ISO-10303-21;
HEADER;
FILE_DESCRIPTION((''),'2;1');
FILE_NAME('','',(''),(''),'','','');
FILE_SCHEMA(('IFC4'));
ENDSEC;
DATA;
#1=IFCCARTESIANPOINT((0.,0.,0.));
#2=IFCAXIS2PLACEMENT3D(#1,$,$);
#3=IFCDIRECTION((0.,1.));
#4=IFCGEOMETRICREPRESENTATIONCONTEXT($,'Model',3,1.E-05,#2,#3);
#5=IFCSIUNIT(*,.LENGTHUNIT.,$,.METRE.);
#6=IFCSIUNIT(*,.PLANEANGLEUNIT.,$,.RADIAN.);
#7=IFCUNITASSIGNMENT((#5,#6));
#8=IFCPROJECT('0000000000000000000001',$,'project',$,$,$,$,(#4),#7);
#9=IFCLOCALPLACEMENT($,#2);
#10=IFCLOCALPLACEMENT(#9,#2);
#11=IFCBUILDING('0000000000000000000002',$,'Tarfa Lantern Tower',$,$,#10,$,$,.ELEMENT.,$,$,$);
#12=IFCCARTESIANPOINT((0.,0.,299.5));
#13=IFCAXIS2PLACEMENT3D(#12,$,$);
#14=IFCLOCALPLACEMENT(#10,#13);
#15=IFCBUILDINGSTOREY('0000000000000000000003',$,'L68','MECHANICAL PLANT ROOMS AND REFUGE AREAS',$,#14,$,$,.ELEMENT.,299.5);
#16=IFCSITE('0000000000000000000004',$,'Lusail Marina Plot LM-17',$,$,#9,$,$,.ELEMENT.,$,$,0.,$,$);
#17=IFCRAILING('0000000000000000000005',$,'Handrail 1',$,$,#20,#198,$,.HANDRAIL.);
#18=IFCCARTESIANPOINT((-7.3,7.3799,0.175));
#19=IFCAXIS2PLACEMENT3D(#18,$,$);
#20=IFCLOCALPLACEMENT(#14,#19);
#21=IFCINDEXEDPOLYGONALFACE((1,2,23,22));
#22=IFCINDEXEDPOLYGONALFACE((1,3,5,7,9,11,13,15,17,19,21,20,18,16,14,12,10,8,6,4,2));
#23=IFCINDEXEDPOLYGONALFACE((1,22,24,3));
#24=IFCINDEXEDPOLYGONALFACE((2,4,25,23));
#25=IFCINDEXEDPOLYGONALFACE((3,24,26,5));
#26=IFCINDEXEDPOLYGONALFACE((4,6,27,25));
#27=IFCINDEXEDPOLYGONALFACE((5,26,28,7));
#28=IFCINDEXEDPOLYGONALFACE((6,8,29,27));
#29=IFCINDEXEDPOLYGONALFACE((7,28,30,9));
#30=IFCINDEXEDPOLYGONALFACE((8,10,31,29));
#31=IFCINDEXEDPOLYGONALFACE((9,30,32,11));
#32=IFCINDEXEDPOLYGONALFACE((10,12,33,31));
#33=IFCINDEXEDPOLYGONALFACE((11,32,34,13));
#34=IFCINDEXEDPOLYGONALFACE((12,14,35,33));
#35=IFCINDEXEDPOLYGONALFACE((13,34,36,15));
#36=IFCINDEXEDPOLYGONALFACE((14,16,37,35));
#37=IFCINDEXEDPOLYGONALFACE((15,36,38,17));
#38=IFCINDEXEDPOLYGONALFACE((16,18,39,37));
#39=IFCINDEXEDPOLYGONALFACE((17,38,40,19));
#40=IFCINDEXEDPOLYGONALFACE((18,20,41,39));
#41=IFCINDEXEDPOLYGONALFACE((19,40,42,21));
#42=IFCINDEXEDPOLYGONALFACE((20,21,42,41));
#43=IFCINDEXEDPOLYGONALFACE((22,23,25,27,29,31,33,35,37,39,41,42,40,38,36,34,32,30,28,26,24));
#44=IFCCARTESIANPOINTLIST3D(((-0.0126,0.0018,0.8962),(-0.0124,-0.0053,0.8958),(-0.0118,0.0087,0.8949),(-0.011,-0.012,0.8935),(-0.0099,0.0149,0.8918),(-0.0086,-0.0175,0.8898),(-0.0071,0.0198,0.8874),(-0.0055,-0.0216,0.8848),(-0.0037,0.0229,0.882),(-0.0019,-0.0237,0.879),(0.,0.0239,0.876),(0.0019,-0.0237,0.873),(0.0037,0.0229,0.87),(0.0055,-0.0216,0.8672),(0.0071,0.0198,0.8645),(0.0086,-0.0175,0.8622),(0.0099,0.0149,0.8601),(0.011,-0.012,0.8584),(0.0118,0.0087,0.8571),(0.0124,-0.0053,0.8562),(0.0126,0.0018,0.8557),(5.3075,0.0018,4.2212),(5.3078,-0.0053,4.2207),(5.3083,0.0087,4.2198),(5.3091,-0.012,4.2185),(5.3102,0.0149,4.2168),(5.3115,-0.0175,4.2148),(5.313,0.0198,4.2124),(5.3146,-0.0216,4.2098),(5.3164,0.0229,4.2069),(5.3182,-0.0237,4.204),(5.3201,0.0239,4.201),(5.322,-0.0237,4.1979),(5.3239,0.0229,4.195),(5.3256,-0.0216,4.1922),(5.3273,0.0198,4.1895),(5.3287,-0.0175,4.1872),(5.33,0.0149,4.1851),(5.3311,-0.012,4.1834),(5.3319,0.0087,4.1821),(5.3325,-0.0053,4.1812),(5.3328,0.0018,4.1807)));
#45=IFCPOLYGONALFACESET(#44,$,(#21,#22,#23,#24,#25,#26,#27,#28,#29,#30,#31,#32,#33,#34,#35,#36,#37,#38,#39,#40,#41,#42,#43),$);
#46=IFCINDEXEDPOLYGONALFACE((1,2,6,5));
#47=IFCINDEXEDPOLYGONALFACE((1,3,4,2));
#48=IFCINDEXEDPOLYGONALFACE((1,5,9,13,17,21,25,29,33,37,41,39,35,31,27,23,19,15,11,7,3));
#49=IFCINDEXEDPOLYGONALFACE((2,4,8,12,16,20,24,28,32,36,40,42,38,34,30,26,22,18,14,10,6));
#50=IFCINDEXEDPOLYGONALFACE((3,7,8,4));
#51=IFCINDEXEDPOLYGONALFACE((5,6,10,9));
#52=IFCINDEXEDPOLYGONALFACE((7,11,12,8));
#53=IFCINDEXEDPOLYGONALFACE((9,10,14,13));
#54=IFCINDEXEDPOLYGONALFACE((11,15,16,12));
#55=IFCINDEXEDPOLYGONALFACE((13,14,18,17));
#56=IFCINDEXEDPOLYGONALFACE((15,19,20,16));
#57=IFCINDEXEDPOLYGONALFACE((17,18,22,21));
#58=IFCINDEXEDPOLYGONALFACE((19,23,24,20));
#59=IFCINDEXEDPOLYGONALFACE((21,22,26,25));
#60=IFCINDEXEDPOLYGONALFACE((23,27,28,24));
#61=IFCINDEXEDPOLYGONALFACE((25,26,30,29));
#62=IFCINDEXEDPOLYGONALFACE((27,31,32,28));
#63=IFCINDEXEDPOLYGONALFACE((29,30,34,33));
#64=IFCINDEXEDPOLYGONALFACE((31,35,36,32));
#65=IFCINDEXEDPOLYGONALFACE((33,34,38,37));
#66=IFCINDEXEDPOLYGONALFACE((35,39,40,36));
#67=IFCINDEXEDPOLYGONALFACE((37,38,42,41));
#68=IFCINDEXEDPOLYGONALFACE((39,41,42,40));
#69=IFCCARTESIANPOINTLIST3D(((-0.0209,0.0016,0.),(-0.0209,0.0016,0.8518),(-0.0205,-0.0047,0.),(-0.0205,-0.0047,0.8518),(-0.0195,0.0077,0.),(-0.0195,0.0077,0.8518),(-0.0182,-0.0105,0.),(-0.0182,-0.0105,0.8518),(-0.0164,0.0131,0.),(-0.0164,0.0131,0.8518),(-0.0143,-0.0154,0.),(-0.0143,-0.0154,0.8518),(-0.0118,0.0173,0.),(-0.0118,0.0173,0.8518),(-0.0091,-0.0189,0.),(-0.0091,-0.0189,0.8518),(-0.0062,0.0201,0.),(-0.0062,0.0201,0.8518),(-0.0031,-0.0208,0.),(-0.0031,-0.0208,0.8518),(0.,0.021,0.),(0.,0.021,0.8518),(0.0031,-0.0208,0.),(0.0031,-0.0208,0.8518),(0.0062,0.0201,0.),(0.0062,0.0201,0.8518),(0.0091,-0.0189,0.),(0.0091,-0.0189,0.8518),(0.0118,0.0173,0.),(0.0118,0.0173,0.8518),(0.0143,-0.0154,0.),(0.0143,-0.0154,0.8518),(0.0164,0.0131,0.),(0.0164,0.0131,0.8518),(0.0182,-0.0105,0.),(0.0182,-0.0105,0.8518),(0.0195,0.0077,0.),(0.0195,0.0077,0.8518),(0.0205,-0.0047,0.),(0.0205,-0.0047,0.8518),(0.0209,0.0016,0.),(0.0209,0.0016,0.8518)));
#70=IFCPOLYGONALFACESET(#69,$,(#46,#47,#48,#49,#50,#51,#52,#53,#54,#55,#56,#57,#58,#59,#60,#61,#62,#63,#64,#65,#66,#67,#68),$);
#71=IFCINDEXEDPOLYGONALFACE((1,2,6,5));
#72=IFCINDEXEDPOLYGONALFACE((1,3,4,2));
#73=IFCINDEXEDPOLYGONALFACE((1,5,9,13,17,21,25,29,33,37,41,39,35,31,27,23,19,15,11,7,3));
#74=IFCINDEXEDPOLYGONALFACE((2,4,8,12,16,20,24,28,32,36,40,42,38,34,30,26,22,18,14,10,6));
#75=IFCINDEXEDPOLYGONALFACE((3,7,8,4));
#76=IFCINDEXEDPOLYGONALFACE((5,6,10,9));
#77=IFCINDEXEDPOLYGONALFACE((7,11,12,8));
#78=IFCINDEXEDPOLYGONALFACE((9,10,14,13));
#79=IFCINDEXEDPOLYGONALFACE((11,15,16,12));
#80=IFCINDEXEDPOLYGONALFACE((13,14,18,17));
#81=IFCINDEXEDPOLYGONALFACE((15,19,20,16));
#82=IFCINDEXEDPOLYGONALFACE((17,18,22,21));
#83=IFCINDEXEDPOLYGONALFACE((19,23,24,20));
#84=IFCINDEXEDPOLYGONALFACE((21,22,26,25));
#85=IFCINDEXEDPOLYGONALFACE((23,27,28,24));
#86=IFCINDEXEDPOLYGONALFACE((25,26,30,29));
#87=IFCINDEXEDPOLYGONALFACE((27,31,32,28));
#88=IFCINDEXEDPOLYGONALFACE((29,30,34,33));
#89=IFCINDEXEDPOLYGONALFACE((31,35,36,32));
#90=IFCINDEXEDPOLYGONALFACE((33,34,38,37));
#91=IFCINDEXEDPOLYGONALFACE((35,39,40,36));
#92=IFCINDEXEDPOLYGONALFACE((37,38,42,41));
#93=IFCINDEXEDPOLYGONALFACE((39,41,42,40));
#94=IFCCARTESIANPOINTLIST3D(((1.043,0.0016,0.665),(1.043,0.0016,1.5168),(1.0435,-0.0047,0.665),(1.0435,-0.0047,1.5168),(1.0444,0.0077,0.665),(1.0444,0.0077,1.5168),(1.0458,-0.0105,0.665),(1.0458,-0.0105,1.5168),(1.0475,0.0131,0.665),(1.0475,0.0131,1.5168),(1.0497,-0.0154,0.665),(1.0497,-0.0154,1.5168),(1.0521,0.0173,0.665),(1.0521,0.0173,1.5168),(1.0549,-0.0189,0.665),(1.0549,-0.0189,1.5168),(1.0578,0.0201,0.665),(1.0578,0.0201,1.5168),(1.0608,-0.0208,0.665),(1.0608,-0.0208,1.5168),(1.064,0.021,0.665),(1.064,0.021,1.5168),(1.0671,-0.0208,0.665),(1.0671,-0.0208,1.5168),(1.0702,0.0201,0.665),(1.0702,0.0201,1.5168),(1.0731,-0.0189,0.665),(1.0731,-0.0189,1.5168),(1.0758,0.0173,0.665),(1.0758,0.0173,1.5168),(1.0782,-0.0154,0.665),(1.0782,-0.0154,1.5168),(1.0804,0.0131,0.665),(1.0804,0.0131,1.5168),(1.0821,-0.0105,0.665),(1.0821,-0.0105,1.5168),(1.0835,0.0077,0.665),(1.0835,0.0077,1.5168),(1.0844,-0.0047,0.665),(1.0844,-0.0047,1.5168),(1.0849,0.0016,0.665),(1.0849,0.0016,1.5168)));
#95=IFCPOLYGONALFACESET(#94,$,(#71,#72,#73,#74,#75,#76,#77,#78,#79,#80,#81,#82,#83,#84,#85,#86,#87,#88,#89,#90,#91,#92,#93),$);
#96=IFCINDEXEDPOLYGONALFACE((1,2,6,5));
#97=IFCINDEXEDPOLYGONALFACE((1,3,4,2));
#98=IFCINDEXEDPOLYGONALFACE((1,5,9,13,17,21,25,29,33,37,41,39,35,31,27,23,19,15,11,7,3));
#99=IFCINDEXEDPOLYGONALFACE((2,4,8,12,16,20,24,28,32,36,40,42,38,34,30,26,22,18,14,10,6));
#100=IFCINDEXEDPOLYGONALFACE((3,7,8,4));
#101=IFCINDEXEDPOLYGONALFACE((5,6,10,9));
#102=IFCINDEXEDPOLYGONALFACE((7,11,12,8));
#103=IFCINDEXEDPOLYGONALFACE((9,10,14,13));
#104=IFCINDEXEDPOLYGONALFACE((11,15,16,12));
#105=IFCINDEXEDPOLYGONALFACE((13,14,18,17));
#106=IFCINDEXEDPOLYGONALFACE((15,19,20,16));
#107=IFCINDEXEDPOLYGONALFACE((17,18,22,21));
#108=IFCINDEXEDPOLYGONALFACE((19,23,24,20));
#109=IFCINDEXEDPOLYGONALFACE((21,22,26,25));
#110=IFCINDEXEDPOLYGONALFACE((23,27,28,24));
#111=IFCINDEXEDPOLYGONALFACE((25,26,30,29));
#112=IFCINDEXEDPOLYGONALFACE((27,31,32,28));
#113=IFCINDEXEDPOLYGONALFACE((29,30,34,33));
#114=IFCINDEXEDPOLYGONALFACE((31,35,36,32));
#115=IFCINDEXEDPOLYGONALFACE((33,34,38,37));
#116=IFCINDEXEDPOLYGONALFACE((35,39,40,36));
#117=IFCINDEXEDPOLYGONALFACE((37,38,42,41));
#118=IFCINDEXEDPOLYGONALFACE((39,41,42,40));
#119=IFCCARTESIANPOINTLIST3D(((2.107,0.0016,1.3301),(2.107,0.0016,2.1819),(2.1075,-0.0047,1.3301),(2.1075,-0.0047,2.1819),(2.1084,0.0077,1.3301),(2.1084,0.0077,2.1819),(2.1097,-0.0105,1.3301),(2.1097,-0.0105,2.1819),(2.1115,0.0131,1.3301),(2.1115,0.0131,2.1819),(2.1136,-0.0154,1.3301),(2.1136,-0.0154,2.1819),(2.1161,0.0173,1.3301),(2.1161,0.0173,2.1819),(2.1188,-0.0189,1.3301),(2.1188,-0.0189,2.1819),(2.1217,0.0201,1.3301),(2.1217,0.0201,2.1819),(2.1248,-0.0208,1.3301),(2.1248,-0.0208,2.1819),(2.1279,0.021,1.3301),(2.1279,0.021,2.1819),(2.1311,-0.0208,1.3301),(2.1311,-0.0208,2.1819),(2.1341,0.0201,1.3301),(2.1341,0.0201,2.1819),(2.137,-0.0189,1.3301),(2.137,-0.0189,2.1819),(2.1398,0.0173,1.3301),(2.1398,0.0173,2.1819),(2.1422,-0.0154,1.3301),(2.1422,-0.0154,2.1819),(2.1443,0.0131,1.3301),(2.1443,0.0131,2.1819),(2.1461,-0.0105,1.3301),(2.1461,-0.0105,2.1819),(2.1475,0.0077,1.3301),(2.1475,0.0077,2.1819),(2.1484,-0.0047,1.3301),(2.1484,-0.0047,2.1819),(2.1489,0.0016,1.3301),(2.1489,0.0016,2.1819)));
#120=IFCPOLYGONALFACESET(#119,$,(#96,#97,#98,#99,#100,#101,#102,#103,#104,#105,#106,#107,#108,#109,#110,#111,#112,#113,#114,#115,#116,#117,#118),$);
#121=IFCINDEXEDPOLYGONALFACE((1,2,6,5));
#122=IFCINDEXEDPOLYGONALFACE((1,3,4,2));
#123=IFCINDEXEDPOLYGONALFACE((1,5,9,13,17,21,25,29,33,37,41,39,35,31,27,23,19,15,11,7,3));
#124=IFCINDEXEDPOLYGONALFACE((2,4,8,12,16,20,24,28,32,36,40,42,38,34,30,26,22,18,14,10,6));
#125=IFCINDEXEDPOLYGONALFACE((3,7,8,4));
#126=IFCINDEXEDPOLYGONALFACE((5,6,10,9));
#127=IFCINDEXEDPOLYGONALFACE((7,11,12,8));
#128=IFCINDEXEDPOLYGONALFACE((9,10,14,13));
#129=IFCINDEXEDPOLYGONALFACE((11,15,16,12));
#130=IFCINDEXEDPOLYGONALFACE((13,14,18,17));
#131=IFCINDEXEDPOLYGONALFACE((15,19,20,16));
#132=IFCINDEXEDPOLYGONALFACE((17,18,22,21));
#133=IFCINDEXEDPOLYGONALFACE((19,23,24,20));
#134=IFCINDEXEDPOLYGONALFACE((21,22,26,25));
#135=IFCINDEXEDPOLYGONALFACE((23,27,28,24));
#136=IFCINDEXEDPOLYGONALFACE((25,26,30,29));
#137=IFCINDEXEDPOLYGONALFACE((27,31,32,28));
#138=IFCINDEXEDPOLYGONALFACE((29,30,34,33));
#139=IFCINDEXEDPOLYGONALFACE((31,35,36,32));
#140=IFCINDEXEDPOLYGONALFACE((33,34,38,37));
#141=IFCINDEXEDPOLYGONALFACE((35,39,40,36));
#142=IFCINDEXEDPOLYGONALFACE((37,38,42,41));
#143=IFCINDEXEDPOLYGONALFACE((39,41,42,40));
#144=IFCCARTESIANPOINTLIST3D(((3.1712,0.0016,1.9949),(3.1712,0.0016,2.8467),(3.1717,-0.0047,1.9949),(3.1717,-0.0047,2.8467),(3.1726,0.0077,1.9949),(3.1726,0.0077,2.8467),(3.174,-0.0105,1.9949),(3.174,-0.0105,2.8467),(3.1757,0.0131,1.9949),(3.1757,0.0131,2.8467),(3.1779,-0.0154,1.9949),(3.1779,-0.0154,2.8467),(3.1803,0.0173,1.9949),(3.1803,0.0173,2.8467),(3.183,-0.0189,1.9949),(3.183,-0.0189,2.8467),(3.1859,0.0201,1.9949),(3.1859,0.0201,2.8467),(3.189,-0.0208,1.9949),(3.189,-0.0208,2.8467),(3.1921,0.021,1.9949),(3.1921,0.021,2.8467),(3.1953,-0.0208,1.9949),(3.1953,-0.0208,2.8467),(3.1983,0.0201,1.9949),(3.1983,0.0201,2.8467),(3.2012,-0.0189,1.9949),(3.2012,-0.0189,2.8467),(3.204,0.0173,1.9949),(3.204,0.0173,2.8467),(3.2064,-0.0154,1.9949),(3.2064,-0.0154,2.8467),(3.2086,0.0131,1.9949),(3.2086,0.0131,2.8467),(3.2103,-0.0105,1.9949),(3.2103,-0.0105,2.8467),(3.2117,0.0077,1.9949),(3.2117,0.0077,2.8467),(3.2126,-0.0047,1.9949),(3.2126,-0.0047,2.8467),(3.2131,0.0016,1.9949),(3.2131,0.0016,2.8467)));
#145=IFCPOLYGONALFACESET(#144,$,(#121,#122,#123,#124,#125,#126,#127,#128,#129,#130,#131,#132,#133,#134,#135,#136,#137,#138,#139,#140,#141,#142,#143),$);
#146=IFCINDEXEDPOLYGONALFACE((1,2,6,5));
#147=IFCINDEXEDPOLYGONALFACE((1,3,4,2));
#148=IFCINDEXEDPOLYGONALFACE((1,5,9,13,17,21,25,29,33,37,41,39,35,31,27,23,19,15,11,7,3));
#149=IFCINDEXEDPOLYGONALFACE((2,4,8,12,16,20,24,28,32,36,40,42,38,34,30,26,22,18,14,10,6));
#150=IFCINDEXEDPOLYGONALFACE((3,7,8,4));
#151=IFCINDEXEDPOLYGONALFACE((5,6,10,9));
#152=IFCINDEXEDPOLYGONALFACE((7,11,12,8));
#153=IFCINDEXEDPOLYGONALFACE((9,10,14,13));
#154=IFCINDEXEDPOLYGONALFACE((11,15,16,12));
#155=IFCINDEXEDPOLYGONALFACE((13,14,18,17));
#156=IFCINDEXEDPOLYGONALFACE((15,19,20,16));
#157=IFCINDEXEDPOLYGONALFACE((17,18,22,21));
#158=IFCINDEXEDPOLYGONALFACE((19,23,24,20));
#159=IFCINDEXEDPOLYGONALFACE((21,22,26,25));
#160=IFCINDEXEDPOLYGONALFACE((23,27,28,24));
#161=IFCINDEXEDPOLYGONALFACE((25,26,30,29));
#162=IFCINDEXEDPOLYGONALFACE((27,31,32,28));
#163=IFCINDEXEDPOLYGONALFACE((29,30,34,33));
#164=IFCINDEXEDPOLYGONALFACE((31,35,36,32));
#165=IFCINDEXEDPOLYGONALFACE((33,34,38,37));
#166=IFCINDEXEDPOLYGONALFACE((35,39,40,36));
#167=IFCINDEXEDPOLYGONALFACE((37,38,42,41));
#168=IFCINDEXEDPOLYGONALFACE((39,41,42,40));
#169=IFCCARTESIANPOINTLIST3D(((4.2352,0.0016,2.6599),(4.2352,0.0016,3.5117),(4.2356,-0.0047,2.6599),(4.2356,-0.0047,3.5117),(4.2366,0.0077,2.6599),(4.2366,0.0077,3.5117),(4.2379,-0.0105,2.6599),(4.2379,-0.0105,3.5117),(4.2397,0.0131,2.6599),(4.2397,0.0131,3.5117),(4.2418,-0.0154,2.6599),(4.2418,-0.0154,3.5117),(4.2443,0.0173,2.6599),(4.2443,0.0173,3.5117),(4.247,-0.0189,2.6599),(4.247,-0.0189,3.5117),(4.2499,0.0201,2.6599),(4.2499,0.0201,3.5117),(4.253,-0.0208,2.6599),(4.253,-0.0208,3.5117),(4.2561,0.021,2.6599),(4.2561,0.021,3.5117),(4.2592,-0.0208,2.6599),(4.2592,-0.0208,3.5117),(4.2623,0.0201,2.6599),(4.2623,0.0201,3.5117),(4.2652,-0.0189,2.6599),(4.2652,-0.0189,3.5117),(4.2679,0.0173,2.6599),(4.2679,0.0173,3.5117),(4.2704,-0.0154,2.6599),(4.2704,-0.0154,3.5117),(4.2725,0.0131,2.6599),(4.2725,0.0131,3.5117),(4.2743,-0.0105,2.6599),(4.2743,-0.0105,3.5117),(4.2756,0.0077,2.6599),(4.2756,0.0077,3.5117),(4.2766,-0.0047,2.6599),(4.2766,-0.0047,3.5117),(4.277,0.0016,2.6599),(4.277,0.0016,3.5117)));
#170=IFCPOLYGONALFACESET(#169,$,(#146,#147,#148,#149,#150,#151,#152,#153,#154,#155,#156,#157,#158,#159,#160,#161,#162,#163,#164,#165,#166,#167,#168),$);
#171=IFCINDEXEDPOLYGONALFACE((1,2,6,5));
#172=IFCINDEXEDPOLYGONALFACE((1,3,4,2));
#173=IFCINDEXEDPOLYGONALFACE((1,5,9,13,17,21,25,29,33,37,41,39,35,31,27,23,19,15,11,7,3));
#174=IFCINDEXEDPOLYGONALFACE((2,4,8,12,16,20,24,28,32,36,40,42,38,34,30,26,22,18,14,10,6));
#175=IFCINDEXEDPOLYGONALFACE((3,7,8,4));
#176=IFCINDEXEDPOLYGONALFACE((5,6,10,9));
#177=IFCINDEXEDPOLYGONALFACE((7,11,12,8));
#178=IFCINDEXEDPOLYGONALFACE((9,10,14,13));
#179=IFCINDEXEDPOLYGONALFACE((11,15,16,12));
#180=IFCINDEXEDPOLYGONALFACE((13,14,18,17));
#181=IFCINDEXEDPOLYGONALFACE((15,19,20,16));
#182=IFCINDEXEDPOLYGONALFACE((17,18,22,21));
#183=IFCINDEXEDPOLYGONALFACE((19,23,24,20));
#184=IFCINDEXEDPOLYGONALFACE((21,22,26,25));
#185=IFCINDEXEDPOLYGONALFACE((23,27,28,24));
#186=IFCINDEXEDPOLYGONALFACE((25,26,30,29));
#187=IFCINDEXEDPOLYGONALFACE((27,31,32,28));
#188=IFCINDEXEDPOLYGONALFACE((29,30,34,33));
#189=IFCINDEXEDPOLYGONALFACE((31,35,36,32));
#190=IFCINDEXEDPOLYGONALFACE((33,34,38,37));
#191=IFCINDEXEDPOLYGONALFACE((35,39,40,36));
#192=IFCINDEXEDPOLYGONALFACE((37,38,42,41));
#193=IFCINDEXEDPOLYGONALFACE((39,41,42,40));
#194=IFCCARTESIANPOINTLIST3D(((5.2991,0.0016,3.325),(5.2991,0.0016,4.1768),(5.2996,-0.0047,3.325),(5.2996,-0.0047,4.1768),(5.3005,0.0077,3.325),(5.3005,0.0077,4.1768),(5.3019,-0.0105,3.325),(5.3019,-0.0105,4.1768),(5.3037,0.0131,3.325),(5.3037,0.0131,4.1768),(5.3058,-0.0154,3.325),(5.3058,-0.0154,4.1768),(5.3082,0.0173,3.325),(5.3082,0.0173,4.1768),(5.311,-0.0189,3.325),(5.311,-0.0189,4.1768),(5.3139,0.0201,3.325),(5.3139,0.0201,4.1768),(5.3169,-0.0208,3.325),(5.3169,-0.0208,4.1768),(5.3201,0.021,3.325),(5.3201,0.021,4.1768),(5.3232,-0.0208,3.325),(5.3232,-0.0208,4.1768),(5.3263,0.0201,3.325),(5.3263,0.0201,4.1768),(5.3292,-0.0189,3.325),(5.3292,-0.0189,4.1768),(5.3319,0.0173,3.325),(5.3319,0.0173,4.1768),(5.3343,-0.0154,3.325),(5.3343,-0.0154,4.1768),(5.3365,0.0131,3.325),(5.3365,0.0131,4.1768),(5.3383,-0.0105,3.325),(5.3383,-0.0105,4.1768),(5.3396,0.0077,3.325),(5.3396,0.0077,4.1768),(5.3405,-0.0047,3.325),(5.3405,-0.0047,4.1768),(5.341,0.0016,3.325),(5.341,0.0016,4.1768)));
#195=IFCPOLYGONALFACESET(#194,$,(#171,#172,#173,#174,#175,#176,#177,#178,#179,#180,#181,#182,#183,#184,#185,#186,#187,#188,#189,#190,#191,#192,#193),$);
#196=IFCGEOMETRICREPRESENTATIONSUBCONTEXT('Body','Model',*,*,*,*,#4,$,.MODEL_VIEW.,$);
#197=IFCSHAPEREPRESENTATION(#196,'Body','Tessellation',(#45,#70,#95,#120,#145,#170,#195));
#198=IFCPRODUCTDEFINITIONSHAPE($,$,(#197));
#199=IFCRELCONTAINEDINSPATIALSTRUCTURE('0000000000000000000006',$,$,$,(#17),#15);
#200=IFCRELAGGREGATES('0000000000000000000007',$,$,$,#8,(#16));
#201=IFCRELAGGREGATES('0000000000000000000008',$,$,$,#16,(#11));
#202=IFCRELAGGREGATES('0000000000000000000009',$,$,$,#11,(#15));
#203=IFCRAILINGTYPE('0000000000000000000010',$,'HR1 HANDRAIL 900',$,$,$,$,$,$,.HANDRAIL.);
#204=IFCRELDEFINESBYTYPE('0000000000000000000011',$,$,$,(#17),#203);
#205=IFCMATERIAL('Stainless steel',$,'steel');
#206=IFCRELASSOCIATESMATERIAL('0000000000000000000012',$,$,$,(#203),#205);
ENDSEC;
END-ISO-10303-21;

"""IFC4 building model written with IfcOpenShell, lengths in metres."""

from ifc_helpers import new_model, si_unit, direction, frame, origin, origin_2d, place, context, subcontext, project, spatial, circle, extrude, material, type_object, element, save


model = new_model("IFC4")

# Units and contexts
model_context = context("Model", 3, precision=1e-05, world=origin(), true_north=direction((0.0, 1.0)))
body_context = subcontext(model_context, "Body", "Model", "MODEL_VIEW")
ifc_project = project(units=[si_unit("LENGTHUNIT", "METRE"), si_unit("PLANEANGLEUNIT", "RADIAN")], contexts=[model_context])

# Site, building, storey
site_placement = place(None, origin())
site = spatial("IfcSite", under=ifc_project, at=site_placement, Name="Lusail Marina Plot LM-17", CompositionType="ELEMENT", RefElevation=0.0)
building_placement = place(site_placement, origin())
building = spatial("IfcBuilding", under=site, at=building_placement, Name="Tarfa Lantern Tower", CompositionType="ELEMENT")
storey_placement = place(building_placement, frame((0.0, 0.0, 299.5)))
storey = spatial("IfcBuildingStorey", under=building, at=storey_placement, Name="L68", Description="MECHANICAL PLANT ROOMS AND REFUGE AREAS", CompositionType="ELEMENT", Elevation=299.5)

# Railing
ifc_material_1 = material(Name="Stainless steel", Category="steel")
railing_type = type_object("IfcRailingType", Name="HR1 HANDRAIL 900", PredefinedType="HANDRAIL", material=ifc_material_1)
railing_1_placement = place(storey_placement, frame((-7.3, 7.3799, 0.175)))
element("IfcRailing", 1, at=railing_1_placement, inside=storey, type_object=railing_type, Name="Handrail 1", PredefinedType="HANDRAIL", context=body_context, shape_type="SweptSolid", body=[
    extrude(circle(Radius=0.0239, at=origin_2d()), frame((0.0, 0.0, 0.876), z_axis=(0.848005, 0.0, 0.529988), x_axis=(0.0, 1.0, 0.0)), (0.0, 0.0, 1.0), 6.2737),
    extrude(circle(Radius=0.021, at=origin_2d()), frame((0.0, 0.0, 0.0), z_axis=(0.0, 0.0, 1.0), x_axis=(0.0, 1.0, 0.0)), (0.0, 0.0, 1.0), 0.8518),
    extrude(circle(Radius=0.021, at=origin_2d()), frame((1.064, 0.0, 0.665), z_axis=(0.0, 0.0, 1.0), x_axis=(0.0, 1.0, 0.0)), (0.0, 0.0, 1.0), 0.8518),
    extrude(circle(Radius=0.021, at=origin_2d()), frame((2.1279, 0.0, 1.3301), z_axis=(0.0, 0.0, 1.0), x_axis=(0.0, 1.0, 0.0)), (0.0, 0.0, 1.0), 0.8518),
    extrude(circle(Radius=0.021, at=origin_2d()), frame((3.1921, 0.0, 1.9949), z_axis=(0.0, 0.0, 1.0), x_axis=(0.0, 1.0, 0.0)), (0.0, 0.0, 1.0), 0.8518),
    extrude(circle(Radius=0.021, at=origin_2d()), frame((4.2561, 0.0, 2.6599), z_axis=(0.0, 0.0, 1.0), x_axis=(0.0, 1.0, 0.0)), (0.0, 0.0, 1.0), 0.8518),
    extrude(circle(Radius=0.021, at=origin_2d()), frame((5.3201, 0.0, 3.325), z_axis=(0.0, 0.0, 1.0), x_axis=(0.0, 1.0, 0.0)), (0.0, 0.0, 1.0), 0.8518),
])

save(model, "model.ifc")
